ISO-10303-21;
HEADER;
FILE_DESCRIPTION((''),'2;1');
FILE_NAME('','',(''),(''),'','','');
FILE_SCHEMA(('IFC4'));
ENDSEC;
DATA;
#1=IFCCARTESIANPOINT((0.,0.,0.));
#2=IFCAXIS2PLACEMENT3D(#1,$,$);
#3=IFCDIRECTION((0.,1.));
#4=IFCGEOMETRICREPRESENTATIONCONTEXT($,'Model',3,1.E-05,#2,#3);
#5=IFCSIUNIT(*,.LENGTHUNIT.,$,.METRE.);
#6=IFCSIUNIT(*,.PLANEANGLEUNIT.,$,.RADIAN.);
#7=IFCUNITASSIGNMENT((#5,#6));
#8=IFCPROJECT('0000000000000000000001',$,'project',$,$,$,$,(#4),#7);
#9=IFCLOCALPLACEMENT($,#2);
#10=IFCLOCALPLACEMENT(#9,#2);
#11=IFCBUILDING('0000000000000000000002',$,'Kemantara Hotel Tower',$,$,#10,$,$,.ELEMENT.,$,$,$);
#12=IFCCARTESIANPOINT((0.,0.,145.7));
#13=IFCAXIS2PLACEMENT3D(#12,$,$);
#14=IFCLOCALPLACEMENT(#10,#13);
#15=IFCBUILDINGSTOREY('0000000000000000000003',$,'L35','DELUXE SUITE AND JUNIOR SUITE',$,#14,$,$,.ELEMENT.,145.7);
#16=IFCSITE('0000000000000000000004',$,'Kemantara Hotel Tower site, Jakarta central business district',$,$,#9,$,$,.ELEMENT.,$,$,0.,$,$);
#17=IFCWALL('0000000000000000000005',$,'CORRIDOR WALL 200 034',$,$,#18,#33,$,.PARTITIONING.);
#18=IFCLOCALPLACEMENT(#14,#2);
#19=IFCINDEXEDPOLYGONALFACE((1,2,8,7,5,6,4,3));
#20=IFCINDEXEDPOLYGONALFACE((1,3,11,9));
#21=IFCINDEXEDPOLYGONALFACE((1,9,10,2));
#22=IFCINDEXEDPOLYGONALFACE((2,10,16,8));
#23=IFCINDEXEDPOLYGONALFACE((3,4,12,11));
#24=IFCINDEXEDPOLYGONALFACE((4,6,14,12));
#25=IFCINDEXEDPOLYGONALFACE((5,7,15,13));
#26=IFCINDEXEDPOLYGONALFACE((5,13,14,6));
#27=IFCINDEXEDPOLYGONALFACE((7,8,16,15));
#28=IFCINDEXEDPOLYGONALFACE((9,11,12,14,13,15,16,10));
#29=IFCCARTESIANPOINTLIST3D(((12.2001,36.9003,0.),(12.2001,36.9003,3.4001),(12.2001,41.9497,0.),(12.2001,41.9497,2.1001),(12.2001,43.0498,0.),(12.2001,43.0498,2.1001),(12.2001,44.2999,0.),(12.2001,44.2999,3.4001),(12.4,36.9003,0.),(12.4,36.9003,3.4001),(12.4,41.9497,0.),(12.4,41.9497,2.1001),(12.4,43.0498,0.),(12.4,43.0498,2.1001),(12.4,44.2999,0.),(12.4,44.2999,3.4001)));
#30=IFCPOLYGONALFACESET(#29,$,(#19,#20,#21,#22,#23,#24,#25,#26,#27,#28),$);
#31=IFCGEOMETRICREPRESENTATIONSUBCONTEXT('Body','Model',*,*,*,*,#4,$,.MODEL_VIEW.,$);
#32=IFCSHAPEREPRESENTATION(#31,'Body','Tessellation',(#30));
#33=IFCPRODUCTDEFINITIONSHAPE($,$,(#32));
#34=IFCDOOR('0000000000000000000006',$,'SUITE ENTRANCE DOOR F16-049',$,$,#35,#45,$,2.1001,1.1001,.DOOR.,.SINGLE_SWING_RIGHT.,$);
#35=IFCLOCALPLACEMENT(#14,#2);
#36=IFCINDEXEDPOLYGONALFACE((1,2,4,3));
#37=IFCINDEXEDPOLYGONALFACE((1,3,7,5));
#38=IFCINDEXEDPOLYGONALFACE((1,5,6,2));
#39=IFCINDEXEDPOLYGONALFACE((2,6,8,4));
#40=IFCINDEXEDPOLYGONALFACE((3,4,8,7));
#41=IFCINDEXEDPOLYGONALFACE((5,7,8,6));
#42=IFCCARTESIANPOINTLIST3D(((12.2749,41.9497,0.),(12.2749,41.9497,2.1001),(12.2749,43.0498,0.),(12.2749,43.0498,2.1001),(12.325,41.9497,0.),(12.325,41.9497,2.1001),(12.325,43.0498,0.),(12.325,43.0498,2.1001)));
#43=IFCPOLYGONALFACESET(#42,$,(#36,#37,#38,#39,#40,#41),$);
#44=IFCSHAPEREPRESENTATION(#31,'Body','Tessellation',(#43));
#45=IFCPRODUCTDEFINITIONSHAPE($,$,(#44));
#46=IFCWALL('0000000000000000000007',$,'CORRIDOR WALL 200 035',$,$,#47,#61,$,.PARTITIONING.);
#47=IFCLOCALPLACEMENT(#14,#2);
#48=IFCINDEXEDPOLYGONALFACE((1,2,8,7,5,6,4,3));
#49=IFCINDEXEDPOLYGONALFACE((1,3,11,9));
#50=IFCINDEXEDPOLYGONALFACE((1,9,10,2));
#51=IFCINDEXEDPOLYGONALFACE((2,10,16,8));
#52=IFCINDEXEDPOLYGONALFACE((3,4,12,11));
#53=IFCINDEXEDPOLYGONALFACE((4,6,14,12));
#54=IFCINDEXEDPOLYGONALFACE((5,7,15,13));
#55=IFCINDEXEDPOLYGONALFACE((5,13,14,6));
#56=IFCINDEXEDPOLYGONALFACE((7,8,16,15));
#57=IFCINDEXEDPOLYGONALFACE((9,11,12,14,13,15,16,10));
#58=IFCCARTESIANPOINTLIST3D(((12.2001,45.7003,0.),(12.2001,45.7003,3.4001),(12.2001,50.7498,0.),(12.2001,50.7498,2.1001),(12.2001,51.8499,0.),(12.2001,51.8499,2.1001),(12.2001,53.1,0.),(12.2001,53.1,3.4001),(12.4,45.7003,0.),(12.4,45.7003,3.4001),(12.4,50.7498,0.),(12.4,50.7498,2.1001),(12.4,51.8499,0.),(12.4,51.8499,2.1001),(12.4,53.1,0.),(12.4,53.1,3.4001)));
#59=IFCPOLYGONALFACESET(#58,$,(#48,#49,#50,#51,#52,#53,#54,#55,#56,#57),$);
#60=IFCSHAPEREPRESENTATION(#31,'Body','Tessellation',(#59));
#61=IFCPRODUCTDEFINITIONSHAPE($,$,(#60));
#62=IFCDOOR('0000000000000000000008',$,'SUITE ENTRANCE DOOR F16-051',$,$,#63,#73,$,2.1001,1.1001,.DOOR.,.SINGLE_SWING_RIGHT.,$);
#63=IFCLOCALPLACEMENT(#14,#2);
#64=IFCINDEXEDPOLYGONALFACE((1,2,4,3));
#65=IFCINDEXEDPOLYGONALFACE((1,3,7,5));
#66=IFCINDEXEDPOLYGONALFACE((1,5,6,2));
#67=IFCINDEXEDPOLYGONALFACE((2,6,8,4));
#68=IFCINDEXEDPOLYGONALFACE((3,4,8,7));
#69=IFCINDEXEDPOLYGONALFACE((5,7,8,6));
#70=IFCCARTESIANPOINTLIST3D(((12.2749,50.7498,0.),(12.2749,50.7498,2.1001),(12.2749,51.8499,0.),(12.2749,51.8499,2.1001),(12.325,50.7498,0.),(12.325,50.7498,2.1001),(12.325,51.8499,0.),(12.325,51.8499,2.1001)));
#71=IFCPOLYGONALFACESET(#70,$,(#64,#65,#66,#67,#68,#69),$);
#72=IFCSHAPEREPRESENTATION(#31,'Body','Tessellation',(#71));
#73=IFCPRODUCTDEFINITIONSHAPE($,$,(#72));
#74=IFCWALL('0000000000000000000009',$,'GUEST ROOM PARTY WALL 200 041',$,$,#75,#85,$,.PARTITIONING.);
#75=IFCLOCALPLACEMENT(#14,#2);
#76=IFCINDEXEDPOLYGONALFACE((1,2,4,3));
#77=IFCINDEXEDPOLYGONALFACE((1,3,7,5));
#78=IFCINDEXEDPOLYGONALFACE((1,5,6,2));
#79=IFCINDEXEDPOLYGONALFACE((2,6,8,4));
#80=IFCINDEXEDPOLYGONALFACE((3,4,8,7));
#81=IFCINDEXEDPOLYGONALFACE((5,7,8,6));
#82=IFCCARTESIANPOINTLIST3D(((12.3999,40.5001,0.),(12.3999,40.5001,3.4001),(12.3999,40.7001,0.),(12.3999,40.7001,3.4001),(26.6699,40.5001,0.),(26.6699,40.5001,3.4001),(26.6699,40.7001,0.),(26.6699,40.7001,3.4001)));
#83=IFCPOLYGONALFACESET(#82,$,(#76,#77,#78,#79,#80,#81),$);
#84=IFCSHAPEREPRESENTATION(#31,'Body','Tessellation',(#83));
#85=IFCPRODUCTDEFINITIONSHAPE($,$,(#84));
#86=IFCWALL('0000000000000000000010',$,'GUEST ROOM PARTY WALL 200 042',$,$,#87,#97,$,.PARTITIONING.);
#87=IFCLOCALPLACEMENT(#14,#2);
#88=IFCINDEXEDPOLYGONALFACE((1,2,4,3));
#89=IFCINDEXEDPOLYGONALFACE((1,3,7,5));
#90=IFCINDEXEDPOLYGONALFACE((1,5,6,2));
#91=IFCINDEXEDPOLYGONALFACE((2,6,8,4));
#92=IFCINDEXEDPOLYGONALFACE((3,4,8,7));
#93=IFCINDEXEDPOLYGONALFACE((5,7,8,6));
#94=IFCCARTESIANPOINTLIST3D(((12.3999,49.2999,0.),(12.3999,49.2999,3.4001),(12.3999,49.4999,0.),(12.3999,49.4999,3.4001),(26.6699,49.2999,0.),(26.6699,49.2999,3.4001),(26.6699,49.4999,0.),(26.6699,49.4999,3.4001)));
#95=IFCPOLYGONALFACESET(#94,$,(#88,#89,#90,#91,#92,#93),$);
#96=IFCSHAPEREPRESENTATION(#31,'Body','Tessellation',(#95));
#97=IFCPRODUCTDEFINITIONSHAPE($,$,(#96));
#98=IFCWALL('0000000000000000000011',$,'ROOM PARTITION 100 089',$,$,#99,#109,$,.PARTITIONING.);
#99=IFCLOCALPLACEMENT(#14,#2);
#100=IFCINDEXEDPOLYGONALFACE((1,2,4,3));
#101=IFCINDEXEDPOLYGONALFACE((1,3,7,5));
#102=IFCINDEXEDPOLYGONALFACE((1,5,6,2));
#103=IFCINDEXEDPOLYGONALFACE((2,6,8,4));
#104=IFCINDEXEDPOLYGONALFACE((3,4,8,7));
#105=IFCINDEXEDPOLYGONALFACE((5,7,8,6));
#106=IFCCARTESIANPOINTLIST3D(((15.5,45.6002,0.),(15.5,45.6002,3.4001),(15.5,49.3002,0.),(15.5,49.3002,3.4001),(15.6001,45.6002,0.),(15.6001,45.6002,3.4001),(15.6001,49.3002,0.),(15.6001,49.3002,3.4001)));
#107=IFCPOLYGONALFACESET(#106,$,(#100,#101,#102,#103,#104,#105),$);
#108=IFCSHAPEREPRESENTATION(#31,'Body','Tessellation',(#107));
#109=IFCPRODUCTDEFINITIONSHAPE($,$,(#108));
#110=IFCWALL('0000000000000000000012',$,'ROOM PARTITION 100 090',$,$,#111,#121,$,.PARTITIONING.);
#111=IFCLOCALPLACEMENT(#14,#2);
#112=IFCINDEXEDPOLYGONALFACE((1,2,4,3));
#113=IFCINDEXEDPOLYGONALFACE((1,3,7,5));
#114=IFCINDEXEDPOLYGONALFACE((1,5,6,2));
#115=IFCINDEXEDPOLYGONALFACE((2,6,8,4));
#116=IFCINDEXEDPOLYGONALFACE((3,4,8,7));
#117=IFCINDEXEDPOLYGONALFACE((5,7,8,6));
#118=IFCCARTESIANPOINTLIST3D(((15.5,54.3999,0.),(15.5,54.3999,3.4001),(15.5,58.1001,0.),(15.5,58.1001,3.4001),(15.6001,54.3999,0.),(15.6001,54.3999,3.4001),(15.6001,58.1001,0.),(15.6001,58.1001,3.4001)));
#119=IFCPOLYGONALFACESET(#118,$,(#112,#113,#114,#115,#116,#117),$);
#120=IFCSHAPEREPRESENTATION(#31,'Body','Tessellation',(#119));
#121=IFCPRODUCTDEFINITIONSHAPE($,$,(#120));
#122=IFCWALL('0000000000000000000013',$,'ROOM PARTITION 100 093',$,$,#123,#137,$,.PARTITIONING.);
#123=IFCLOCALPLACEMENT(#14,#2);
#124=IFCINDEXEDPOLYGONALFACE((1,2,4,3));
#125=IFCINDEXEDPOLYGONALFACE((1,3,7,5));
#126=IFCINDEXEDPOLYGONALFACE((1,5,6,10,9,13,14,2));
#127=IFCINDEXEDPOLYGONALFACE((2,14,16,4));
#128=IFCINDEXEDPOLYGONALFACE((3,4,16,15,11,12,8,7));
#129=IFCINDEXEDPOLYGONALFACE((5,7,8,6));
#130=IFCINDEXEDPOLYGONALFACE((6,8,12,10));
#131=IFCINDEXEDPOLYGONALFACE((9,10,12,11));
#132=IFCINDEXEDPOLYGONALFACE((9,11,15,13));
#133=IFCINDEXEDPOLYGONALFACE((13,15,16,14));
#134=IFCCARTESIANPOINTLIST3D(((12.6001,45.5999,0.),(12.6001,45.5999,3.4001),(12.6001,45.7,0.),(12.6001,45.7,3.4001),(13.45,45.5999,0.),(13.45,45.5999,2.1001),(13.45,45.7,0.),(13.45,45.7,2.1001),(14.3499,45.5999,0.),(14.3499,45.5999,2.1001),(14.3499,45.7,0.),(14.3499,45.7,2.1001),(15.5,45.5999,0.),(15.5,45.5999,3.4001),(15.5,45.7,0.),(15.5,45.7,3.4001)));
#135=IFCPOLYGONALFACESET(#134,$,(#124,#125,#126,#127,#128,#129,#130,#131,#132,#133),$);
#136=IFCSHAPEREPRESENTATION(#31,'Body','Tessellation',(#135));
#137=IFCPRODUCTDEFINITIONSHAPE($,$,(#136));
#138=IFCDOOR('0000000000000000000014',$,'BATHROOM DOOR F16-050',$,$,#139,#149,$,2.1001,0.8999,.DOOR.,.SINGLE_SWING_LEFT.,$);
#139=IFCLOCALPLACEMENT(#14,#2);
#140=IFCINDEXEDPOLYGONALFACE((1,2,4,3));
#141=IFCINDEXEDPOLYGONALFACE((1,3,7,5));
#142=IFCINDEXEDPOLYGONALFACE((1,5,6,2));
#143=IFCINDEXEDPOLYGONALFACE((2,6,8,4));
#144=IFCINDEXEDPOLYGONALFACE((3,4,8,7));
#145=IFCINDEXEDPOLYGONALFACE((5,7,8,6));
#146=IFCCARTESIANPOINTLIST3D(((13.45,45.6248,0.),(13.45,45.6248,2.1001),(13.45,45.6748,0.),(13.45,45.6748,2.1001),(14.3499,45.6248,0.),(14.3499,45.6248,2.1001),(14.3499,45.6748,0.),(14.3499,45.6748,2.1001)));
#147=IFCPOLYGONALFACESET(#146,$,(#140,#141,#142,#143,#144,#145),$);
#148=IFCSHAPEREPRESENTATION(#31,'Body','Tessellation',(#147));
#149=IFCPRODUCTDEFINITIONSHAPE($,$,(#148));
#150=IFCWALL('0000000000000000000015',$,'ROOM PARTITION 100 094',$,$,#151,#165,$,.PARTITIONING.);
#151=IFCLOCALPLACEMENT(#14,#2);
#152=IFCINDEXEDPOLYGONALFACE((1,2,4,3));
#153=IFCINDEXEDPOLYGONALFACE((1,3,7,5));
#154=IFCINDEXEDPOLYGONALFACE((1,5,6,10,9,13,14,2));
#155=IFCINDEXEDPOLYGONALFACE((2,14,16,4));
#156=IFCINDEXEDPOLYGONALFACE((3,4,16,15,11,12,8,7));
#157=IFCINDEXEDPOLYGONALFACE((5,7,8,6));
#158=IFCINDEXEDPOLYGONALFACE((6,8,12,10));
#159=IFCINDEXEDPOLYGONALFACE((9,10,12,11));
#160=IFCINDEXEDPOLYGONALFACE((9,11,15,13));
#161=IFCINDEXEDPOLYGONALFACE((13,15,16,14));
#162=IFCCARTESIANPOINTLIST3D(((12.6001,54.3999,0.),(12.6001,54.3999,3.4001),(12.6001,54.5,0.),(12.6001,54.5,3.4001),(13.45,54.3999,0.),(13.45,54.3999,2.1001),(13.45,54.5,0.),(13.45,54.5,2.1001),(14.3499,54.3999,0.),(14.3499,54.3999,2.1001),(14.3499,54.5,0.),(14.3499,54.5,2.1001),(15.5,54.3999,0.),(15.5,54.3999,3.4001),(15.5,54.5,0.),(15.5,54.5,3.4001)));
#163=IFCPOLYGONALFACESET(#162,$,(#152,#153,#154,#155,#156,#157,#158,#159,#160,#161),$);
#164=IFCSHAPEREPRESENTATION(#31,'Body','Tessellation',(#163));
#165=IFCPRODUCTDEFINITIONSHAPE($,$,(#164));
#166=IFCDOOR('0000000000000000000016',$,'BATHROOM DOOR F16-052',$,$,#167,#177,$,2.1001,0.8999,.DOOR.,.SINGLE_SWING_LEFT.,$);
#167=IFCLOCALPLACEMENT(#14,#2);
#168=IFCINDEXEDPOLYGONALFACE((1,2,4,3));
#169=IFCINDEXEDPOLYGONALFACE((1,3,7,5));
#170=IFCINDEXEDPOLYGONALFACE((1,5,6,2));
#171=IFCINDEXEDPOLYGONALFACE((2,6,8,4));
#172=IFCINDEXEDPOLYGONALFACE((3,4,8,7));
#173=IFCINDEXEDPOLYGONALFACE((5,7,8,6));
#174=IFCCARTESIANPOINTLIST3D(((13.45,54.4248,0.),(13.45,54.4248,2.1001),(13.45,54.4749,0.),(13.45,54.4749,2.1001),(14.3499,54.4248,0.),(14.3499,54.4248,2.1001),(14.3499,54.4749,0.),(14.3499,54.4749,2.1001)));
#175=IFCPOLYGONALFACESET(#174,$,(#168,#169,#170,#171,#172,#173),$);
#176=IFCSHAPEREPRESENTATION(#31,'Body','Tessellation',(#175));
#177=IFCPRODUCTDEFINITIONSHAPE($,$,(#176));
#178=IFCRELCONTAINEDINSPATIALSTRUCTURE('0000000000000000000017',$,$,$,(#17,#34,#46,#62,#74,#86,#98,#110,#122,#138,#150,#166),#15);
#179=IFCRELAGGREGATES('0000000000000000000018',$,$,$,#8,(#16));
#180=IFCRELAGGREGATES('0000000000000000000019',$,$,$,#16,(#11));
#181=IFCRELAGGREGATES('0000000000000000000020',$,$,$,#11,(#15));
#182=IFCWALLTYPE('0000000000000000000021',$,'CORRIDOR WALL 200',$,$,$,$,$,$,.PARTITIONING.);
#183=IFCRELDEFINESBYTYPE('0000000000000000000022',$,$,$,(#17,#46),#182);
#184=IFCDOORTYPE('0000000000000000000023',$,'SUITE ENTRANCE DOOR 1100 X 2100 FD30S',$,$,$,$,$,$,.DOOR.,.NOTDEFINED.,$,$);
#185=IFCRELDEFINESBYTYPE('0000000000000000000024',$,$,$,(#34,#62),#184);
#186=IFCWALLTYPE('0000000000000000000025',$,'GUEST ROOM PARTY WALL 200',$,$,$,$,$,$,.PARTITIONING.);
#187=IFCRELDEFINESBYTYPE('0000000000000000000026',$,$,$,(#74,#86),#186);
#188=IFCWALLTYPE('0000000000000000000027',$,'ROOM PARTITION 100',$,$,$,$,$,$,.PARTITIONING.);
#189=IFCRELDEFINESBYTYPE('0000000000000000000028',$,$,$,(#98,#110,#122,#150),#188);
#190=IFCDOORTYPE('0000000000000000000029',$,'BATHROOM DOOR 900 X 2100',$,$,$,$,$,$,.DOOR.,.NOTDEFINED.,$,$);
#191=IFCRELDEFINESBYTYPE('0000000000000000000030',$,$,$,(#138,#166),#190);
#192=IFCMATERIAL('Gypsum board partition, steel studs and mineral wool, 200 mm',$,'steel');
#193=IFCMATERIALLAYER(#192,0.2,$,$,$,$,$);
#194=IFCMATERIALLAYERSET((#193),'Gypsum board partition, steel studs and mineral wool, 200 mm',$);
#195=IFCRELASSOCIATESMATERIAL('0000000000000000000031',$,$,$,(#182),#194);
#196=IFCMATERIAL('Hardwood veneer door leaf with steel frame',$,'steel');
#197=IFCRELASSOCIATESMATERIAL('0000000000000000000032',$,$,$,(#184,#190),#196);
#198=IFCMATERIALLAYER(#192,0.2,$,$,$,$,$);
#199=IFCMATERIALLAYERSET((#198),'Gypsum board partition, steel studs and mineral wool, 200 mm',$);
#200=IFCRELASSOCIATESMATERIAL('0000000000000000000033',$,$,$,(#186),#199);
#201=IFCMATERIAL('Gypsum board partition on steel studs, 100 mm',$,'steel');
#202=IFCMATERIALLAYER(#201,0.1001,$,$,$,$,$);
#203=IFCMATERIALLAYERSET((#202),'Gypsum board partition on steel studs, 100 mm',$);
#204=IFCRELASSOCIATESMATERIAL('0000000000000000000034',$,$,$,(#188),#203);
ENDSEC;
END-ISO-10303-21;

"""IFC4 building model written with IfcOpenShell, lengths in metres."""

from ifc_helpers import new_model, si_unit, direction, frame, frame_2d, origin, place, context, subcontext, project, spatial, rectangle, extrude, material, layer, layer_set, type_object, element, fill, save


model = new_model("IFC4")

# Units and contexts
model_context = context("Model", 3, precision=1e-05, world=origin(), true_north=direction((0.0, 1.0)))
body_context = subcontext(model_context, "Body", "Model", "MODEL_VIEW")
ifc_project = project(units=[si_unit("LENGTHUNIT", "METRE"), si_unit("PLANEANGLEUNIT", "RADIAN")], contexts=[model_context])

# Site, building, storey
site_placement = place(None, origin())
site = spatial("IfcSite", under=ifc_project, at=site_placement, Name="Kemantara Hotel Tower site, Jakarta central business district", CompositionType="ELEMENT", RefElevation=0.0)
building_placement = place(site_placement, origin())
building = spatial("IfcBuilding", under=site, at=building_placement, Name="Kemantara Hotel Tower", CompositionType="ELEMENT")
storey_placement = place(building_placement, frame((0.0, 0.0, 145.7)))
storey = spatial("IfcBuildingStorey", under=building, at=storey_placement, Name="L35", Description="DELUXE SUITE AND JUNIOR SUITE", CompositionType="ELEMENT", Elevation=145.7)

# Walls, openings, doors
ifc_material_1 = material(Name="Gypsum board partition, steel studs and mineral wool, 200 mm", Category="steel")
ifc_layer_1 = layer(ifc_material_1, 0.2)
ifc_layer_set_1 = layer_set([ifc_layer_1], Name="Gypsum board partition, steel studs and mineral wool, 200 mm")
wall_type_1 = type_object("IfcWallType", Name="CORRIDOR WALL 200", PredefinedType="PARTITIONING", material=ifc_layer_set_1)
wall_1_placement = place(storey_placement, frame((12.3, 44.2998, 0.0), z_axis=(0.0, 0.0, 1.0), x_axis=(0.0, -1.0, 0.0)))
wall_1 = element("IfcWall", 1, at=wall_1_placement, inside=storey, type_object=wall_type_1, Name="CORRIDOR WALL 200 034", PredefinedType="PARTITIONING", context=body_context, shape_type="SweptSolid", body=[
    extrude(rectangle(XDim=7.3997, YDim=0.2, at=frame_2d((3.6997, 0.0))), origin(), (0.0, 0.0, 1.0), 3.4001),
])
opening_1_placement = place(wall_1_placement, frame((1.25, 0.0, 0.0)))
opening_1 = element("IfcOpeningElement", 2, at=opening_1_placement, cuts=wall_1, PredefinedType="OPENING", context=body_context, shape_type="SweptSolid", body=[
    extrude(rectangle(XDim=1.1001, YDim=2.1001, at=frame_2d((0.55, 1.05))), frame((0.0, 0.1099, 0.0), z_axis=(0.0, -1.0, 0.0), x_axis=(1.0, 0.0, 0.0)), (0.0, 0.0, 1.0), 0.22),
])
ifc_material_2 = material(Name="Hardwood veneer door leaf with steel frame", Category="steel")
door_type_1 = type_object("IfcDoorType", Name="SUITE ENTRANCE DOOR 1100 X 2100 FD30S", OperationType="NOTDEFINED", PredefinedType="DOOR", material=ifc_material_2)
door_1_placement = place(opening_1_placement, origin())
door_1 = element("IfcDoor", 3, at=door_1_placement, inside=storey, type_object=door_type_1, Name="SUITE ENTRANCE DOOR F16-049", OperationType="SINGLE_SWING_RIGHT", OverallHeight=2.1001, OverallWidth=1.1001, PredefinedType="DOOR", context=body_context, shape_type="SweptSolid", body=[
    extrude(rectangle(XDim=1.1001, YDim=2.1001, at=frame_2d((0.55, 1.05))), frame((0.0, 0.0249, 0.0), z_axis=(0.0, -1.0, 0.0), x_axis=(1.0, 0.0, 0.0)), (0.0, 0.0, 1.0), 0.05),
])
fill(opening_1, door_1)
wall_2_placement = place(storey_placement, frame((12.3, 53.0999, 0.0), z_axis=(0.0, 0.0, 1.0), x_axis=(0.0, -1.0, 0.0)))
wall_2 = element("IfcWall", 4, at=wall_2_placement, inside=storey, type_object=wall_type_1, Name="CORRIDOR WALL 200 035", PredefinedType="PARTITIONING", context=body_context, shape_type="SweptSolid", body=[
    extrude(rectangle(XDim=7.3997, YDim=0.2, at=frame_2d((3.6997, 0.0))), origin(), (0.0, 0.0, 1.0), 3.4001),
])
opening_2_placement = place(wall_2_placement, frame((1.25, 0.0, 0.0)))
opening_2 = element("IfcOpeningElement", 5, at=opening_2_placement, cuts=wall_2, PredefinedType="OPENING", context=body_context, shape_type="SweptSolid", body=[
    extrude(rectangle(XDim=1.1001, YDim=2.1001, at=frame_2d((0.55, 1.05))), frame((0.0, 0.1099, 0.0), z_axis=(0.0, -1.0, 0.0), x_axis=(1.0, 0.0, 0.0)), (0.0, 0.0, 1.0), 0.22),
])
door_2_placement = place(opening_2_placement, origin())
door_2 = element("IfcDoor", 6, at=door_2_placement, inside=storey, type_object=door_type_1, Name="SUITE ENTRANCE DOOR F16-051", OperationType="SINGLE_SWING_RIGHT", OverallHeight=2.1001, OverallWidth=1.1001, PredefinedType="DOOR", context=body_context, shape_type="SweptSolid", body=[
    extrude(rectangle(XDim=1.1001, YDim=2.1001, at=frame_2d((0.55, 1.05))), frame((0.0, 0.0249, 0.0), z_axis=(0.0, -1.0, 0.0), x_axis=(1.0, 0.0, 0.0)), (0.0, 0.0, 1.0), 0.05),
])
fill(opening_2, door_2)

# Walls
ifc_layer_2 = layer(ifc_material_1, 0.2)
ifc_layer_set_2 = layer_set([ifc_layer_2], Name="Gypsum board partition, steel studs and mineral wool, 200 mm")
wall_type_2 = type_object("IfcWallType", Name="GUEST ROOM PARTY WALL 200", PredefinedType="PARTITIONING", material=ifc_layer_set_2)
for number, where, z_axis, x_axis, name in (
    (7, (12.3999, 40.6001, 0.0), (0.0, 0.0, 1.0), (1.0, 0.0, 0.0), "GUEST ROOM PARTY WALL 200 041"),
    (8, (12.3999, 49.3999, 0.0), (0.0, 0.0, 1.0), (1.0, 0.0, 0.0), "GUEST ROOM PARTY WALL 200 042"),
):
    element("IfcWall", number, at=place(storey_placement, frame(where, z_axis=z_axis, x_axis=x_axis)), inside=storey, type_object=wall_type_2, Name=name, PredefinedType="PARTITIONING", context=body_context, shape_type="SweptSolid", body=[
        extrude(rectangle(XDim=14.27, YDim=0.2, at=frame_2d((7.135, 0.0))), origin(), (0.0, 0.0, 1.0), 3.4001),
    ])
ifc_material_3 = material(Name="Gypsum board partition on steel studs, 100 mm", Category="steel")
ifc_layer_3 = layer(ifc_material_3, 0.1001)
ifc_layer_set_3 = layer_set([ifc_layer_3], Name="Gypsum board partition on steel studs, 100 mm")
wall_type_3 = type_object("IfcWallType", Name="ROOM PARTITION 100", PredefinedType="PARTITIONING", material=ifc_layer_set_3)
wall_3_placement = place(storey_placement, frame((15.55, 45.6001, 0.0), z_axis=(0.0, 0.0, 1.0), x_axis=(0.0, 1.0, 0.0)))
element("IfcWall", 9, at=wall_3_placement, inside=storey, type_object=wall_type_3, Name="ROOM PARTITION 100 089", PredefinedType="PARTITIONING", context=body_context, shape_type="SweptSolid", body=[
    extrude(rectangle(XDim=3.7, YDim=0.1001, at=frame_2d((1.8501, 0.0))), origin(), (0.0, 0.0, 1.0), 3.4001),
])
wall_4_placement = place(storey_placement, frame((15.55, 54.3999, 0.0), z_axis=(0.0, 0.0, 1.0), x_axis=(0.0, 1.0, 0.0)))
element("IfcWall", 10, at=wall_4_placement, inside=storey, type_object=wall_type_3, Name="ROOM PARTITION 100 090", PredefinedType="PARTITIONING", context=body_context, shape_type="SweptSolid", body=[
    extrude(rectangle(XDim=3.7002, YDim=0.1001, at=frame_2d((1.8501, 0.0))), origin(), (0.0, 0.0, 1.0), 3.4001),
])

# Walls, openings, doors
wall_5_placement = place(storey_placement, frame((12.6001, 45.6499, 0.0), z_axis=(0.0, 0.0, 1.0), x_axis=(1.0, 0.0, 0.0)))
wall_5 = element("IfcWall", 11, at=wall_5_placement, inside=storey, type_object=wall_type_3, Name="ROOM PARTITION 100 093", PredefinedType="PARTITIONING", context=body_context, shape_type="SweptSolid", body=[
    extrude(rectangle(XDim=2.8999, YDim=0.1001, at=frame_2d((1.45, 0.0))), origin(), (0.0, 0.0, 1.0), 3.4001),
])
opening_3_placement = place(wall_5_placement, frame((0.8499, 0.0, 0.0)))
opening_3 = element("IfcOpeningElement", 12, at=opening_3_placement, cuts=wall_5, PredefinedType="OPENING", context=body_context, shape_type="SweptSolid", body=[
    extrude(rectangle(XDim=0.8999, YDim=2.1001, at=frame_2d((0.45, 1.05))), frame((0.0, 0.0601, 0.0), z_axis=(0.0, -1.0, 0.0), x_axis=(1.0, 0.0, 0.0)), (0.0, 0.0, 1.0), 0.1201),
])
door_type_2 = type_object("IfcDoorType", Name="BATHROOM DOOR 900 X 2100", OperationType="NOTDEFINED", PredefinedType="DOOR", material=ifc_material_2)
door_3_placement = place(opening_3_placement, origin())
door_3 = element("IfcDoor", 13, at=door_3_placement, inside=storey, type_object=door_type_2, Name="BATHROOM DOOR F16-050", OperationType="SINGLE_SWING_LEFT", OverallHeight=2.1001, OverallWidth=0.8999, PredefinedType="DOOR", context=body_context, shape_type="SweptSolid", body=[
    extrude(rectangle(XDim=0.8999, YDim=2.1001, at=frame_2d((0.45, 1.05))), frame((0.0, 0.0249, 0.0), z_axis=(0.0, -1.0, 0.0), x_axis=(1.0, 0.0, 0.0)), (0.0, 0.0, 1.0), 0.05),
])
fill(opening_3, door_3)
wall_6_placement = place(storey_placement, frame((12.6001, 54.45, 0.0), z_axis=(0.0, 0.0, 1.0), x_axis=(1.0, 0.0, 0.0)))
wall_6 = element("IfcWall", 14, at=wall_6_placement, inside=storey, type_object=wall_type_3, Name="ROOM PARTITION 100 094", PredefinedType="PARTITIONING", context=body_context, shape_type="SweptSolid", body=[
    extrude(rectangle(XDim=2.8999, YDim=0.1001, at=frame_2d((1.45, 0.0))), origin(), (0.0, 0.0, 1.0), 3.4001),
])
opening_4_placement = place(wall_6_placement, frame((0.8499, 0.0, 0.0)))
opening_4 = element("IfcOpeningElement", 15, at=opening_4_placement, cuts=wall_6, PredefinedType="OPENING", context=body_context, shape_type="SweptSolid", body=[
    extrude(rectangle(XDim=0.8999, YDim=2.1001, at=frame_2d((0.45, 1.05))), frame((0.0, 0.0601, 0.0), z_axis=(0.0, -1.0, 0.0), x_axis=(1.0, 0.0, 0.0)), (0.0, 0.0, 1.0), 0.1201),
])
door_4_placement = place(opening_4_placement, origin())
door_4 = element("IfcDoor", 16, at=door_4_placement, inside=storey, type_object=door_type_2, Name="BATHROOM DOOR F16-052", OperationType="SINGLE_SWING_LEFT", OverallHeight=2.1001, OverallWidth=0.8999, PredefinedType="DOOR", context=body_context, shape_type="SweptSolid", body=[
    extrude(rectangle(XDim=0.8999, YDim=2.1001, at=frame_2d((0.45, 1.05))), frame((0.0, 0.0249, 0.0), z_axis=(0.0, -1.0, 0.0), x_axis=(1.0, 0.0, 0.0)), (0.0, 0.0, 1.0), 0.05),
])
fill(opening_4, door_4)

save(model, "model.ifc")
